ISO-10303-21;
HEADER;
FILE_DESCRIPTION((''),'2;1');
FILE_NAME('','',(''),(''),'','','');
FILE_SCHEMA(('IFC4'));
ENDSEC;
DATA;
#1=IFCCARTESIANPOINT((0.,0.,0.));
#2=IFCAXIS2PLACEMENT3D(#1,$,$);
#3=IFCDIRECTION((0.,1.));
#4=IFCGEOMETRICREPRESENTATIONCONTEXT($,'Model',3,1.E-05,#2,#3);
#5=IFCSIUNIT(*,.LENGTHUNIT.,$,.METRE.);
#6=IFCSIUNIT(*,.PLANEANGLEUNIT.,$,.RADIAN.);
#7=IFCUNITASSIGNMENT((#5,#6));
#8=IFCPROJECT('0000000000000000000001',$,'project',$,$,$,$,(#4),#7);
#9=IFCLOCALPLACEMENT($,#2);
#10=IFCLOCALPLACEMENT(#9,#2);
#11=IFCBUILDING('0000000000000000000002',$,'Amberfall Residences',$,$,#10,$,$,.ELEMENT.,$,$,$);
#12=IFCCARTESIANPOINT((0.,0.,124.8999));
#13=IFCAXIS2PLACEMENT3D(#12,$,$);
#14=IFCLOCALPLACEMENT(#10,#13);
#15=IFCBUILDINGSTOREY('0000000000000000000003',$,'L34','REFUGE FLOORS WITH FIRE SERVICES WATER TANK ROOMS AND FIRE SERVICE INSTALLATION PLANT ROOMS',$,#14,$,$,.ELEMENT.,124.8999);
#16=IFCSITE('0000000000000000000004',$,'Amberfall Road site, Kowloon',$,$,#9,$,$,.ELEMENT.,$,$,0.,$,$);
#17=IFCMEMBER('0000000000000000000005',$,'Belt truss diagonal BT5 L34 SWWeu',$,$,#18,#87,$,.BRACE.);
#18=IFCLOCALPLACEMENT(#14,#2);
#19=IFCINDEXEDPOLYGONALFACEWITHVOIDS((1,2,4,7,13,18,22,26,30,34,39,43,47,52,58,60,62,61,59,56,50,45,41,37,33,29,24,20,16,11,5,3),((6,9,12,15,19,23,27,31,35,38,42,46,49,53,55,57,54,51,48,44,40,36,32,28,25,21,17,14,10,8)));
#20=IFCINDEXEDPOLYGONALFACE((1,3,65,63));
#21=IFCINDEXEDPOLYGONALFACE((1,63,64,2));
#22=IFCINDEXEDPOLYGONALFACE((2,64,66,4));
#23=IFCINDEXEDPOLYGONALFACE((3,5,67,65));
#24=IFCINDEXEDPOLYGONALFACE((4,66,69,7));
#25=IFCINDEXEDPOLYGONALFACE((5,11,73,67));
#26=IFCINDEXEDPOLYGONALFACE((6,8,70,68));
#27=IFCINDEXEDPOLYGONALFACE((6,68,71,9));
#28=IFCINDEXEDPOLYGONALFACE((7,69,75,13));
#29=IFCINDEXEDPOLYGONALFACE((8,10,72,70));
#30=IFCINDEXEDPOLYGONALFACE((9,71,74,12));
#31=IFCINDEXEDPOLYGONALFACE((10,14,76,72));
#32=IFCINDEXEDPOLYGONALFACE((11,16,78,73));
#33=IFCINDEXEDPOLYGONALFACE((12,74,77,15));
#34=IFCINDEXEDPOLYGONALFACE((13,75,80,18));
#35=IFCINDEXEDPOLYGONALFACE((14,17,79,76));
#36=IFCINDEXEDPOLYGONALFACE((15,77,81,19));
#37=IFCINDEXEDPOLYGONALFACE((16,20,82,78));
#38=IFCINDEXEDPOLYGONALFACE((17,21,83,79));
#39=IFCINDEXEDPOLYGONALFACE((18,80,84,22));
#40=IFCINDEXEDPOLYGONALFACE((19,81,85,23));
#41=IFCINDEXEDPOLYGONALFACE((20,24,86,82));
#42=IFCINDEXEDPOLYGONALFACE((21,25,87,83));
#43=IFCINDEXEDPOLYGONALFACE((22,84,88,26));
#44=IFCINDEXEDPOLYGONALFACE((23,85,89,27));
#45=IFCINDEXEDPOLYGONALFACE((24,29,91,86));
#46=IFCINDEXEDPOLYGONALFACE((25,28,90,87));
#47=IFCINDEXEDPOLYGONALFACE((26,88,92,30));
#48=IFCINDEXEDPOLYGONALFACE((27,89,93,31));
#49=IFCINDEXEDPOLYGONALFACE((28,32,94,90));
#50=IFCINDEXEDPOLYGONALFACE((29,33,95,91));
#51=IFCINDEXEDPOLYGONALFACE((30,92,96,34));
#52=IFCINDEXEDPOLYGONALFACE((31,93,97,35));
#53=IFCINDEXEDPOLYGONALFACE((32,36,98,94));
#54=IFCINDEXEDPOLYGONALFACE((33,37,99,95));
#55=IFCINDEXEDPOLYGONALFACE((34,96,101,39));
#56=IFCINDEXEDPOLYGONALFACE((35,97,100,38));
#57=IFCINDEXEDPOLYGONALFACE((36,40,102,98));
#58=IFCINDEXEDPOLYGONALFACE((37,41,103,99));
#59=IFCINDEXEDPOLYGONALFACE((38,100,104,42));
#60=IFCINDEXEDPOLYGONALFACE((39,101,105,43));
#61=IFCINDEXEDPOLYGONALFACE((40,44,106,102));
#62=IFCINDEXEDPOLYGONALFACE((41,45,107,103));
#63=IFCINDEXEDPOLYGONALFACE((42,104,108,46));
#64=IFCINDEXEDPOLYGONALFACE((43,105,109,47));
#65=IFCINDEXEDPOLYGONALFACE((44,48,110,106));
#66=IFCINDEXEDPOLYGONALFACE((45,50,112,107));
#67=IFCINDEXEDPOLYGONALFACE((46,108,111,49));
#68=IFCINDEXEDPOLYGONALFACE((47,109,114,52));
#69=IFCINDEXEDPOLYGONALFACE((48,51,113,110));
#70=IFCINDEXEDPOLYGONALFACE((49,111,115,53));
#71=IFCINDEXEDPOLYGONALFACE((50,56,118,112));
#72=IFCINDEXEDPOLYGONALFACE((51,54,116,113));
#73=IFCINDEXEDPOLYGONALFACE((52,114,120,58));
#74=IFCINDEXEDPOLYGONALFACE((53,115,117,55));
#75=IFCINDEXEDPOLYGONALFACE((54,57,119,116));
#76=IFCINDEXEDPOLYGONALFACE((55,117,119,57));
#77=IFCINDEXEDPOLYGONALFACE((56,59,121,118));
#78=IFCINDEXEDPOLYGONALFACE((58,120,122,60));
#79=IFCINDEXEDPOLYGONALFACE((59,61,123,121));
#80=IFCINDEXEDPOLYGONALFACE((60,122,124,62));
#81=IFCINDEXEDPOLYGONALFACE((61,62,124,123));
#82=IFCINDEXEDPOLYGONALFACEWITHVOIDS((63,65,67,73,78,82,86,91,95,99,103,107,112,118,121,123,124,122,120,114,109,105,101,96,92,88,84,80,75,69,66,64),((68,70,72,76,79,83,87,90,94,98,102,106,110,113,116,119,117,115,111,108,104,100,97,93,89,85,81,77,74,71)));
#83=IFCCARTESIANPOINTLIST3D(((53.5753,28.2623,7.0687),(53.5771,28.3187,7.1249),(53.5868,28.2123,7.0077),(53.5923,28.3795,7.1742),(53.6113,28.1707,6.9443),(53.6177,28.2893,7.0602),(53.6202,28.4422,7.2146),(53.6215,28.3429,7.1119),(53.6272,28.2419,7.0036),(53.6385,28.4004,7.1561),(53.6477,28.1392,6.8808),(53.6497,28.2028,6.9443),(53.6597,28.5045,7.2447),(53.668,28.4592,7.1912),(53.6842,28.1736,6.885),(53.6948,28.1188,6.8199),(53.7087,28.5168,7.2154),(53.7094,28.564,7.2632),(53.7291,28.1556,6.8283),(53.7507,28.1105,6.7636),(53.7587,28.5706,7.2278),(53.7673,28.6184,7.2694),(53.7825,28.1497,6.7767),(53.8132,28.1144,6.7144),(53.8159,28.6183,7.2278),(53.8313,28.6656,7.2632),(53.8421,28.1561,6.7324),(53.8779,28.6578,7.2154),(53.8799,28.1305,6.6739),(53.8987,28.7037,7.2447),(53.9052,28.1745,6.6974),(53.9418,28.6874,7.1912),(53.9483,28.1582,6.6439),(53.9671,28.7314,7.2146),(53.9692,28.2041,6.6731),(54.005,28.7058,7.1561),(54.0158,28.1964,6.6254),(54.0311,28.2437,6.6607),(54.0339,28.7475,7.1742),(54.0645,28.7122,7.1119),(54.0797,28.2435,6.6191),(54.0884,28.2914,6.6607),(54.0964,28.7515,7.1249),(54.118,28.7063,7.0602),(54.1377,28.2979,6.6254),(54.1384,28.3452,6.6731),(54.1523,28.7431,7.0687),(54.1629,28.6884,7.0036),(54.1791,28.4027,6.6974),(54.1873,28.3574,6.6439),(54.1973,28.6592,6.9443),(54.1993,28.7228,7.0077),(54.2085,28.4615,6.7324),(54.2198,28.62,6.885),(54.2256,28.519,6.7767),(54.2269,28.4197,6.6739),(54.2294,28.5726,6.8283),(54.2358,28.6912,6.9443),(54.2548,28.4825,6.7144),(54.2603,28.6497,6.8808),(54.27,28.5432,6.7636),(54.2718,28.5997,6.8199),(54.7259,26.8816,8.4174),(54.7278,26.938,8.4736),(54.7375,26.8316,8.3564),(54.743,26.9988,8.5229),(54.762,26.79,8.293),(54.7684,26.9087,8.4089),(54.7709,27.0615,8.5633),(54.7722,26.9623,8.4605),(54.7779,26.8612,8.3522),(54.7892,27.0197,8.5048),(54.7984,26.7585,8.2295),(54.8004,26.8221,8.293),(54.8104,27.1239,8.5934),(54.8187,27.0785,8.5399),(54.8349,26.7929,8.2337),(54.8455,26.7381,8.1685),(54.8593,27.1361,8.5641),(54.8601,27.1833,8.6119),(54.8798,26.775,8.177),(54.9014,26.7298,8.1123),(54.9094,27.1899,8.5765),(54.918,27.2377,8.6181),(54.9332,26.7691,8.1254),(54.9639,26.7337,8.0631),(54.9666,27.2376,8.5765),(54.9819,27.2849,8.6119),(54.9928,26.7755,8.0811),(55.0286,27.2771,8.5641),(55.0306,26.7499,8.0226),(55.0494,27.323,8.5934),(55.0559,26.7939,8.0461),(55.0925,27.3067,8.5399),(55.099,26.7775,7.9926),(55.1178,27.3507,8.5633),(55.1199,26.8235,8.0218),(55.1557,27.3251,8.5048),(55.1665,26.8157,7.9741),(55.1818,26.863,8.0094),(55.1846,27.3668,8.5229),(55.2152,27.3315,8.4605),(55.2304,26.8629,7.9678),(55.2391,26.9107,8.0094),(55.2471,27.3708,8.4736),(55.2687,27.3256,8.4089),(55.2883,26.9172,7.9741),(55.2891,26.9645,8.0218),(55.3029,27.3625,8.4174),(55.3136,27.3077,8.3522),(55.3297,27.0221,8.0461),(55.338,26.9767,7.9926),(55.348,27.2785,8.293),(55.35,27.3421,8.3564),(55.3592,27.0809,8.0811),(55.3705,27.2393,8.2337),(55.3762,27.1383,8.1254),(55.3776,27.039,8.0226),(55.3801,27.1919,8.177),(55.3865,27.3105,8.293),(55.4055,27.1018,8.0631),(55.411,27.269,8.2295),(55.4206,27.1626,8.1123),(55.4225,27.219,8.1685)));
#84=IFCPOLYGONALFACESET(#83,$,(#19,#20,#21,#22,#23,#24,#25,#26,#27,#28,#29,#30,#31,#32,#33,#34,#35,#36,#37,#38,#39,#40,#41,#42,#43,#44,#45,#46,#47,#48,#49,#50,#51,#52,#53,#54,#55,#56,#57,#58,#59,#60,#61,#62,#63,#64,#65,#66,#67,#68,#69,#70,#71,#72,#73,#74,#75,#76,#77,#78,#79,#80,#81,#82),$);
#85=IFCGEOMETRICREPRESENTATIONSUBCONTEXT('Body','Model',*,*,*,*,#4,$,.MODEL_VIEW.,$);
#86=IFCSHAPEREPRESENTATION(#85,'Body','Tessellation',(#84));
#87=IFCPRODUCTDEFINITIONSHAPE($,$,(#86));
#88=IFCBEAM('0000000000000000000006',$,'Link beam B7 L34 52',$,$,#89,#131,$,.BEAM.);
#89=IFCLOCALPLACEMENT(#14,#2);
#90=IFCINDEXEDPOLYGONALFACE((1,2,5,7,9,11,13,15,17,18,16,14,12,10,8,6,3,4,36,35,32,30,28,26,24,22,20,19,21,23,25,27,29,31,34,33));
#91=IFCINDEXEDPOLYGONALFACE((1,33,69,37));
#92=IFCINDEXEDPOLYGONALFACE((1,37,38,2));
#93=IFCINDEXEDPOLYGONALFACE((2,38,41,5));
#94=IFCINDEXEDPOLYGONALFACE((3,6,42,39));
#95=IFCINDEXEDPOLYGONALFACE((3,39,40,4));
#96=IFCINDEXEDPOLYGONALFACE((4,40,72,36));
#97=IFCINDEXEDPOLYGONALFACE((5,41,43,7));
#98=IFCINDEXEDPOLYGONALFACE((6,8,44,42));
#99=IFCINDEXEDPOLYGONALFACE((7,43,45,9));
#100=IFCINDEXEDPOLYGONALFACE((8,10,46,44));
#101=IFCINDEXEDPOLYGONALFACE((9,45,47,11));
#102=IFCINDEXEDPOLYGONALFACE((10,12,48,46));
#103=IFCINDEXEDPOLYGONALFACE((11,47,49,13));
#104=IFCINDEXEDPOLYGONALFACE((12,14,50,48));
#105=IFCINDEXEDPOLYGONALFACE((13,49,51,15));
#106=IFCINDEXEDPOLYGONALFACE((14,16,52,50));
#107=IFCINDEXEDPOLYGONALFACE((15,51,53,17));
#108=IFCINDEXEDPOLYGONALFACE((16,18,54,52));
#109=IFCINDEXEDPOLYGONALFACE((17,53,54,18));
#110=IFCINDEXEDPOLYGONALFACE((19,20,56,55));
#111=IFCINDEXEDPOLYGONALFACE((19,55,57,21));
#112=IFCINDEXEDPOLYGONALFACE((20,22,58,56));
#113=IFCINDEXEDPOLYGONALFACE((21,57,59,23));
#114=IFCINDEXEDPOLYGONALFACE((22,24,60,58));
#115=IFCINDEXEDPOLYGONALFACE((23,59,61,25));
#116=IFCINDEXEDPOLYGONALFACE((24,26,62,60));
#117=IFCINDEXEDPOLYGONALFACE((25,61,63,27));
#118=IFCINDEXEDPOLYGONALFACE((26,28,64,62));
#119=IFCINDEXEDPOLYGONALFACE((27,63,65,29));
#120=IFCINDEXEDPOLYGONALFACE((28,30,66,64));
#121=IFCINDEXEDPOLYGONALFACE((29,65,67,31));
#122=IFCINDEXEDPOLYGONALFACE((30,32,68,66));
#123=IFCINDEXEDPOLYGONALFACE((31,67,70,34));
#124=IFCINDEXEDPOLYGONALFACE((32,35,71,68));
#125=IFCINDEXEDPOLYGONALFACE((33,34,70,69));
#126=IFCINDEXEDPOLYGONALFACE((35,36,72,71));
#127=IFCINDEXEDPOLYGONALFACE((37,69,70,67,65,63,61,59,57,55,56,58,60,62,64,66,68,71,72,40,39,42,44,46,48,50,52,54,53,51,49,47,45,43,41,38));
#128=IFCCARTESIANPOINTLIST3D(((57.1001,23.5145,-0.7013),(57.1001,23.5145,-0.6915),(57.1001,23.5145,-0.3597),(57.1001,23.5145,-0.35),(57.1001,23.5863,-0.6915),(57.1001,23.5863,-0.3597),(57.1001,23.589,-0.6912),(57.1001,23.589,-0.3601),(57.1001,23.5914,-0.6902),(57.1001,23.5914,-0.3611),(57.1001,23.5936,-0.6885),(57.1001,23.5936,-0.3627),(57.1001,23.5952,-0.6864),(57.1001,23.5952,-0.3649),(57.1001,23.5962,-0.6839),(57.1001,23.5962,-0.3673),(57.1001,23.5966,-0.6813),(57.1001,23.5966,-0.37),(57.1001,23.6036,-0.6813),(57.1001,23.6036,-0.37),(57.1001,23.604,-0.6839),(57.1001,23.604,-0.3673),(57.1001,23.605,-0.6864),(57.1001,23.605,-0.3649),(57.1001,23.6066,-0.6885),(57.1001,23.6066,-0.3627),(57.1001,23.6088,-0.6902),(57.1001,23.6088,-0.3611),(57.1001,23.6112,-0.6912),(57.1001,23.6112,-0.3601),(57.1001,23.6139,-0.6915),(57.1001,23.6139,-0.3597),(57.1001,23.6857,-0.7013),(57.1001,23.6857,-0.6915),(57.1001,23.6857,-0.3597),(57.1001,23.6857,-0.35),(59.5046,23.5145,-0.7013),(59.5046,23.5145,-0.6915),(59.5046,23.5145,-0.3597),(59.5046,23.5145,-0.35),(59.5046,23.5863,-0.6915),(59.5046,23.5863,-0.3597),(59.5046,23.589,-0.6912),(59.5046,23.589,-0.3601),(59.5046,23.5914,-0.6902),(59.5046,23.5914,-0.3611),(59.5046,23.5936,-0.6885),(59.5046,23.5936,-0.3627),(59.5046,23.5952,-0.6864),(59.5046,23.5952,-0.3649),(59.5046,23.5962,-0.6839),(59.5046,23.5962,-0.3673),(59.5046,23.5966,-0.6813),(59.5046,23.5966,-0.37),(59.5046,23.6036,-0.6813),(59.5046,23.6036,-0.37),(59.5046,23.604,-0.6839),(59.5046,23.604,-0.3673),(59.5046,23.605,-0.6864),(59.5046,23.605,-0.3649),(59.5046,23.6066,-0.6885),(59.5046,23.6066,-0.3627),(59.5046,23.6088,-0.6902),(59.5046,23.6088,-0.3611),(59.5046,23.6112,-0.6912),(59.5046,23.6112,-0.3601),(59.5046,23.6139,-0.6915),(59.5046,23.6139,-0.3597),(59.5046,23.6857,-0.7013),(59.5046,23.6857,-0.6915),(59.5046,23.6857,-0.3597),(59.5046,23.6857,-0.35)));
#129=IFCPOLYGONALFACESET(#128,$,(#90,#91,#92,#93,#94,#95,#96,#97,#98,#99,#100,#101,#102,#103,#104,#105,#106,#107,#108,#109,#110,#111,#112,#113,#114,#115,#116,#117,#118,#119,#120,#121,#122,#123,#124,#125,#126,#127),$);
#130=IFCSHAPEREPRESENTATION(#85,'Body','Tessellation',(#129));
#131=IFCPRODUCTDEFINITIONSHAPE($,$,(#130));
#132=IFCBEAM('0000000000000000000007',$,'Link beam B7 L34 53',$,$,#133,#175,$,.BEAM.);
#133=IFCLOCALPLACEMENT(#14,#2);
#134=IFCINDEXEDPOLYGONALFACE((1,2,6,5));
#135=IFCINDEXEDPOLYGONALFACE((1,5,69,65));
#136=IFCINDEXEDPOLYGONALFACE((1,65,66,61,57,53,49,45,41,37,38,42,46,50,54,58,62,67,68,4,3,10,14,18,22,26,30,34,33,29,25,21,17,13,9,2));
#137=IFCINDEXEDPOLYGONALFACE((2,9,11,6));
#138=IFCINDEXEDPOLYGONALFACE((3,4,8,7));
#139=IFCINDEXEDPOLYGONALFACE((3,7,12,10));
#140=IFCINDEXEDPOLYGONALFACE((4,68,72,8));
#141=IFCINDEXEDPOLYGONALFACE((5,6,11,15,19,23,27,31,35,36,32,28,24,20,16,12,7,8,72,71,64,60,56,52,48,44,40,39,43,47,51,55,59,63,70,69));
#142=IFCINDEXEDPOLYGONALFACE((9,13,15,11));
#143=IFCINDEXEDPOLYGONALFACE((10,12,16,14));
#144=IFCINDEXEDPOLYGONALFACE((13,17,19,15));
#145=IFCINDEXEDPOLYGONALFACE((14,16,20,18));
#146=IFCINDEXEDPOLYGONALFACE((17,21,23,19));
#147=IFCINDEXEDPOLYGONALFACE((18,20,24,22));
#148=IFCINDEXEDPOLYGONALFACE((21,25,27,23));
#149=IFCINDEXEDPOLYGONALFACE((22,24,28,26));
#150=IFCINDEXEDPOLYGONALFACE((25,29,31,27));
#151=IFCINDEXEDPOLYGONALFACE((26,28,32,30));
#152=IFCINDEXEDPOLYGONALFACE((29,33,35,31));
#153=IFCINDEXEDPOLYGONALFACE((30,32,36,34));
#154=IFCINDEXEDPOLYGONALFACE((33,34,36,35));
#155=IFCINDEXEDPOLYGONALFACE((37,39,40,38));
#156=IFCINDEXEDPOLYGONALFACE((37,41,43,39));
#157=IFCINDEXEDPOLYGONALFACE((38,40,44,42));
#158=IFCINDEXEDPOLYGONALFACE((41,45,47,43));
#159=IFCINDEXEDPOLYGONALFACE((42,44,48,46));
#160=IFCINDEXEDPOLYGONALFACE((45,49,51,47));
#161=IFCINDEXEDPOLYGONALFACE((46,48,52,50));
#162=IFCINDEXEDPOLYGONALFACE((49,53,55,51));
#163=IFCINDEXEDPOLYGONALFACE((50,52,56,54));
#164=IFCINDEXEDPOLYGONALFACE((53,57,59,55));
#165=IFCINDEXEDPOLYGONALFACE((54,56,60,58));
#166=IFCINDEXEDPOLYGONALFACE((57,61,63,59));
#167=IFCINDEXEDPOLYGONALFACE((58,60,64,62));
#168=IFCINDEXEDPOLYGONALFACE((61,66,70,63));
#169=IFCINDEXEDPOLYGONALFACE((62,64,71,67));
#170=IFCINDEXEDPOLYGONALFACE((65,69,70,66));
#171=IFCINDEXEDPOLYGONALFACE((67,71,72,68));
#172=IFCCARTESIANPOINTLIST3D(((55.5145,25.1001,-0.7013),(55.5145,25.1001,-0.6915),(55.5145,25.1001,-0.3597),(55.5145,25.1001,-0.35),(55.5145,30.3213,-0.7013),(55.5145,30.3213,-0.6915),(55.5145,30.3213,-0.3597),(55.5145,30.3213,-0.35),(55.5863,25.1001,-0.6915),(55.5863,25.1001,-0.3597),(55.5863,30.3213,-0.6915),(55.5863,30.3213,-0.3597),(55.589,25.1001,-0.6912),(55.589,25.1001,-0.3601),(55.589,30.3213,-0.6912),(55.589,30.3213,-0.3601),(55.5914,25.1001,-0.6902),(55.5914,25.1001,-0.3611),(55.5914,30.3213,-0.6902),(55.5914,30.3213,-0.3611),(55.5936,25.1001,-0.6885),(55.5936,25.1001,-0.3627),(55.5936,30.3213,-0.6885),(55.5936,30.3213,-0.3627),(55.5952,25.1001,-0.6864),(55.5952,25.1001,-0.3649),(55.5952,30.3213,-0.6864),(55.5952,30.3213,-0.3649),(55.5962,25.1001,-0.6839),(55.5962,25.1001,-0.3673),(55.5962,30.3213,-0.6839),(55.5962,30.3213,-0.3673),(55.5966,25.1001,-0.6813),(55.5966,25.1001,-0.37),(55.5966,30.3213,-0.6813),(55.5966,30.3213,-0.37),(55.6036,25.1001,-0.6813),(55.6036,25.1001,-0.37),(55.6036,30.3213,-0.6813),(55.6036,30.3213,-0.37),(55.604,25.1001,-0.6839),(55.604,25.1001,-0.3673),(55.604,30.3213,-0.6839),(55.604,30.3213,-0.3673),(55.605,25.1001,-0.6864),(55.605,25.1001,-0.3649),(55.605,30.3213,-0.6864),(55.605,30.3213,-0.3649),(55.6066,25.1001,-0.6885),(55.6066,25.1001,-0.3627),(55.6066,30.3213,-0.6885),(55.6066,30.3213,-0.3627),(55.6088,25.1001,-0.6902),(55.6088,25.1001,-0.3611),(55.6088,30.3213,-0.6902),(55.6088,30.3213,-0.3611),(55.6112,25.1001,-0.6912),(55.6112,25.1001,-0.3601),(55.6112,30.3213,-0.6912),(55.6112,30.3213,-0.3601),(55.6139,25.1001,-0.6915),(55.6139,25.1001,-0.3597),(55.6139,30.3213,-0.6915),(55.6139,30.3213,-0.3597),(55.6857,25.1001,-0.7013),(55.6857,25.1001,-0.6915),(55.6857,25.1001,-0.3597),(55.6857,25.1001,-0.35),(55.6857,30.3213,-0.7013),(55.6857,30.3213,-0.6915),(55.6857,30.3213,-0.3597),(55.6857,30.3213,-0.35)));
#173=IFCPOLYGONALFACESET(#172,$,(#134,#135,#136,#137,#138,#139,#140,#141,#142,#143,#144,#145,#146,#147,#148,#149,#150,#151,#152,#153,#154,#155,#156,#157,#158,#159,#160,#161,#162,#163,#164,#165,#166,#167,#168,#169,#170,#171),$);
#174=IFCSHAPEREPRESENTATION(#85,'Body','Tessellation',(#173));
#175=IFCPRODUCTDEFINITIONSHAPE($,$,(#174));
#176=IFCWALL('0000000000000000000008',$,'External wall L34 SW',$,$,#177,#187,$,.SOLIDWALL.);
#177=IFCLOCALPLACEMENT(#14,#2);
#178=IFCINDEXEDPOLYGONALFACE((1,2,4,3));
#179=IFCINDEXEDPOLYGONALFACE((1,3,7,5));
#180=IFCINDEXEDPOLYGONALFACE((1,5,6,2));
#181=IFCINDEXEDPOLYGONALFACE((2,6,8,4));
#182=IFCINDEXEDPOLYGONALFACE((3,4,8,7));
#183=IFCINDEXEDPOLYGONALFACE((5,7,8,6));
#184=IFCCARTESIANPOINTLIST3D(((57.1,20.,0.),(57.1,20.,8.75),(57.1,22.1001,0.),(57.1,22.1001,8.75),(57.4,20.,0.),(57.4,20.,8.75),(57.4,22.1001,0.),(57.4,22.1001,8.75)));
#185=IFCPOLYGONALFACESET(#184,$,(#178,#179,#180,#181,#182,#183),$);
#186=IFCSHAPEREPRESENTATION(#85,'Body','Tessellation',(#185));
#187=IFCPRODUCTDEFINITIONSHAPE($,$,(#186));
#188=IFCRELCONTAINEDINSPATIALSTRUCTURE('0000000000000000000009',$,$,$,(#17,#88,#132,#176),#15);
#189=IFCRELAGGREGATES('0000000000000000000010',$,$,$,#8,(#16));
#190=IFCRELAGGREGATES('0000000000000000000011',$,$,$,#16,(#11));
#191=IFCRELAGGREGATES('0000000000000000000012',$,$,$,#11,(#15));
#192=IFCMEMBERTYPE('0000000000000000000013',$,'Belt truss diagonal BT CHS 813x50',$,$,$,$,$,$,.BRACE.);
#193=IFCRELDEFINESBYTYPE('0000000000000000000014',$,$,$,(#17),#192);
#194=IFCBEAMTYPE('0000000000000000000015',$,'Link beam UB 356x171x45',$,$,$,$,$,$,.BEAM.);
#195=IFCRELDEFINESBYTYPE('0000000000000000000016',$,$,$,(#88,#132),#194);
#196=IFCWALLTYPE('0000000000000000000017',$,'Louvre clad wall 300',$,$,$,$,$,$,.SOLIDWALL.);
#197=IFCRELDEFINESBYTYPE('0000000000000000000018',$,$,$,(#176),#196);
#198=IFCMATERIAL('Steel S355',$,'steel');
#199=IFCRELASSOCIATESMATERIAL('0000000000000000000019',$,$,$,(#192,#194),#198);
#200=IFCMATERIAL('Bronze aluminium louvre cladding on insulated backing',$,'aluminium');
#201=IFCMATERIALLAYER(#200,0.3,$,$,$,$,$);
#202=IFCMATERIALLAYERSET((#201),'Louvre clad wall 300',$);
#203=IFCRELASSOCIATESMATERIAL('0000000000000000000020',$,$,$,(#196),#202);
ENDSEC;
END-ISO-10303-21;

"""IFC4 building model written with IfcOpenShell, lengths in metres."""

from ifc_helpers import new_model, si_unit, direction, frame, frame_2d, origin, origin_2d, place, context, subcontext, project, spatial, rectangle, hollow_circle, i_section, extrude, material, layer, layer_set, material_profile, profile_set, type_object, element, save


model = new_model("IFC4")

# Units and contexts
model_context = context("Model", 3, precision=1e-05, world=origin(), true_north=direction((0.0, 1.0)))
body_context = subcontext(model_context, "Body", "Model", "MODEL_VIEW")
ifc_project = project(units=[si_unit("LENGTHUNIT", "METRE"), si_unit("PLANEANGLEUNIT", "RADIAN")], contexts=[model_context])

# Site, building, storey
site_placement = place(None, origin())
site = spatial("IfcSite", under=ifc_project, at=site_placement, Name="Amberfall Road site, Kowloon", CompositionType="ELEMENT", RefElevation=0.0)
building_placement = place(site_placement, origin())
building = spatial("IfcBuilding", under=site, at=building_placement, Name="Amberfall Residences", CompositionType="ELEMENT")
storey_placement = place(building_placement, frame((0.0, 0.0, 124.8999)))
storey = spatial("IfcBuildingStorey", under=building, at=storey_placement, Name="L34", Description="REFUGE FLOORS WITH FIRE SERVICES WATER TANK ROOMS AND FIRE SERVICE INSTALLATION PLANT ROOMS", CompositionType="ELEMENT", Elevation=124.8999)

# Shared definitions
ifc_material_1 = material(Name="Steel S355", Category="steel")

# Member
ifc_material_profile_1 = material_profile(ifc_material_1, hollow_circle(Radius=0.4065, WallThickness=0.05, at=origin_2d()), Name="CHS 813x50")
ifc_profile_set_1 = profile_set([ifc_material_profile_1], Name="Steel S355")
member_type = type_object("IfcMemberType", Name="Belt truss diagonal BT CHS 813x50", PredefinedType="BRACE", material=ifc_profile_set_1)
member_1_placement = place(storey_placement, frame((55.0742, 27.0503, 8.293), z_axis=(-0.512083, 0.614435, -0.600201), x_axis=(-0.768188, -0.640224, 0.0)))
element("IfcMember", 1, at=member_1_placement, inside=storey, type_object=member_type, Name="Belt truss diagonal BT5 L34 SWWeu", PredefinedType="BRACE", context=body_context, shape_type="SweptSolid", body=[
    extrude(hollow_circle(Radius=0.4065, WallThickness=0.05, at=origin_2d()), origin(), (0.0, 0.0, 1.0), 2.2471),
])

# Beams
ifc_material_profile_2 = material_profile(ifc_material_1, i_section(OverallWidth=0.1711, OverallDepth=0.3513, WebThickness=0.0071, FlangeThickness=0.0098, FilletRadius=0.0103, at=origin_2d()), Name="UB 356x171x45")
ifc_profile_set_2 = profile_set([ifc_material_profile_2], Name="Steel S355")
beam_type_1 = type_object("IfcBeamType", Name="Link beam UB 356x171x45", PredefinedType="BEAM", material=ifc_profile_set_2)
beam_1_placement = place(storey_placement, frame((57.1001, 23.6001, -0.5256), z_axis=(1.0, 0.0, 0.0), x_axis=(0.0, 1.0, 0.0)))
element("IfcBeam", 2, at=beam_1_placement, inside=storey, type_object=beam_type_1, Name="Link beam B7 L34 52", PredefinedType="BEAM", context=body_context, shape_type="SweptSolid", body=[
    extrude(i_section(OverallWidth=0.1711, OverallDepth=0.3513, WebThickness=0.0071, FlangeThickness=0.0098, FilletRadius=0.0103, at=origin_2d()), origin(), (0.0, 0.0, 1.0), 2.4045),
])
beam_2_placement = place(storey_placement, frame((55.6001, 25.1001, -0.5256), z_axis=(0.0, 1.0, 0.0), x_axis=(-1.0, 0.0, 0.0)))
element("IfcBeam", 3, at=beam_2_placement, inside=storey, type_object=beam_type_1, Name="Link beam B7 L34 53", PredefinedType="BEAM", context=body_context, shape_type="SweptSolid", body=[
    extrude(i_section(OverallWidth=0.1711, OverallDepth=0.3513, WebThickness=0.0071, FlangeThickness=0.0098, FilletRadius=0.0103, at=origin_2d()), origin(), (0.0, 0.0, 1.0), 5.2212),
])

# Wall
ifc_material_2 = material(Name="Bronze aluminium louvre cladding on insulated backing", Category="aluminium")
ifc_layer = layer(ifc_material_2, 0.3)
ifc_layer_set = layer_set([ifc_layer], Name="Louvre clad wall 300")
wall_type = type_object("IfcWallType", Name="Louvre clad wall 300", PredefinedType="SOLIDWALL", material=ifc_layer_set)
wall_placement = place(storey_placement, frame((57.25, 22.1001, 0.0), z_axis=(0.0, 0.0, 1.0), x_axis=(0.0, -1.0, 0.0)))
element("IfcWall", 4, at=wall_placement, inside=storey, type_object=wall_type, Name="External wall L34 SW", PredefinedType="SOLIDWALL", context=body_context, shape_type="SweptSolid", body=[
    extrude(rectangle(XDim=2.1001, YDim=0.3, at=frame_2d((1.05, 0.0))), origin(), (0.0, 0.0, 1.0), 8.75),
])

save(model, "model.ifc")
